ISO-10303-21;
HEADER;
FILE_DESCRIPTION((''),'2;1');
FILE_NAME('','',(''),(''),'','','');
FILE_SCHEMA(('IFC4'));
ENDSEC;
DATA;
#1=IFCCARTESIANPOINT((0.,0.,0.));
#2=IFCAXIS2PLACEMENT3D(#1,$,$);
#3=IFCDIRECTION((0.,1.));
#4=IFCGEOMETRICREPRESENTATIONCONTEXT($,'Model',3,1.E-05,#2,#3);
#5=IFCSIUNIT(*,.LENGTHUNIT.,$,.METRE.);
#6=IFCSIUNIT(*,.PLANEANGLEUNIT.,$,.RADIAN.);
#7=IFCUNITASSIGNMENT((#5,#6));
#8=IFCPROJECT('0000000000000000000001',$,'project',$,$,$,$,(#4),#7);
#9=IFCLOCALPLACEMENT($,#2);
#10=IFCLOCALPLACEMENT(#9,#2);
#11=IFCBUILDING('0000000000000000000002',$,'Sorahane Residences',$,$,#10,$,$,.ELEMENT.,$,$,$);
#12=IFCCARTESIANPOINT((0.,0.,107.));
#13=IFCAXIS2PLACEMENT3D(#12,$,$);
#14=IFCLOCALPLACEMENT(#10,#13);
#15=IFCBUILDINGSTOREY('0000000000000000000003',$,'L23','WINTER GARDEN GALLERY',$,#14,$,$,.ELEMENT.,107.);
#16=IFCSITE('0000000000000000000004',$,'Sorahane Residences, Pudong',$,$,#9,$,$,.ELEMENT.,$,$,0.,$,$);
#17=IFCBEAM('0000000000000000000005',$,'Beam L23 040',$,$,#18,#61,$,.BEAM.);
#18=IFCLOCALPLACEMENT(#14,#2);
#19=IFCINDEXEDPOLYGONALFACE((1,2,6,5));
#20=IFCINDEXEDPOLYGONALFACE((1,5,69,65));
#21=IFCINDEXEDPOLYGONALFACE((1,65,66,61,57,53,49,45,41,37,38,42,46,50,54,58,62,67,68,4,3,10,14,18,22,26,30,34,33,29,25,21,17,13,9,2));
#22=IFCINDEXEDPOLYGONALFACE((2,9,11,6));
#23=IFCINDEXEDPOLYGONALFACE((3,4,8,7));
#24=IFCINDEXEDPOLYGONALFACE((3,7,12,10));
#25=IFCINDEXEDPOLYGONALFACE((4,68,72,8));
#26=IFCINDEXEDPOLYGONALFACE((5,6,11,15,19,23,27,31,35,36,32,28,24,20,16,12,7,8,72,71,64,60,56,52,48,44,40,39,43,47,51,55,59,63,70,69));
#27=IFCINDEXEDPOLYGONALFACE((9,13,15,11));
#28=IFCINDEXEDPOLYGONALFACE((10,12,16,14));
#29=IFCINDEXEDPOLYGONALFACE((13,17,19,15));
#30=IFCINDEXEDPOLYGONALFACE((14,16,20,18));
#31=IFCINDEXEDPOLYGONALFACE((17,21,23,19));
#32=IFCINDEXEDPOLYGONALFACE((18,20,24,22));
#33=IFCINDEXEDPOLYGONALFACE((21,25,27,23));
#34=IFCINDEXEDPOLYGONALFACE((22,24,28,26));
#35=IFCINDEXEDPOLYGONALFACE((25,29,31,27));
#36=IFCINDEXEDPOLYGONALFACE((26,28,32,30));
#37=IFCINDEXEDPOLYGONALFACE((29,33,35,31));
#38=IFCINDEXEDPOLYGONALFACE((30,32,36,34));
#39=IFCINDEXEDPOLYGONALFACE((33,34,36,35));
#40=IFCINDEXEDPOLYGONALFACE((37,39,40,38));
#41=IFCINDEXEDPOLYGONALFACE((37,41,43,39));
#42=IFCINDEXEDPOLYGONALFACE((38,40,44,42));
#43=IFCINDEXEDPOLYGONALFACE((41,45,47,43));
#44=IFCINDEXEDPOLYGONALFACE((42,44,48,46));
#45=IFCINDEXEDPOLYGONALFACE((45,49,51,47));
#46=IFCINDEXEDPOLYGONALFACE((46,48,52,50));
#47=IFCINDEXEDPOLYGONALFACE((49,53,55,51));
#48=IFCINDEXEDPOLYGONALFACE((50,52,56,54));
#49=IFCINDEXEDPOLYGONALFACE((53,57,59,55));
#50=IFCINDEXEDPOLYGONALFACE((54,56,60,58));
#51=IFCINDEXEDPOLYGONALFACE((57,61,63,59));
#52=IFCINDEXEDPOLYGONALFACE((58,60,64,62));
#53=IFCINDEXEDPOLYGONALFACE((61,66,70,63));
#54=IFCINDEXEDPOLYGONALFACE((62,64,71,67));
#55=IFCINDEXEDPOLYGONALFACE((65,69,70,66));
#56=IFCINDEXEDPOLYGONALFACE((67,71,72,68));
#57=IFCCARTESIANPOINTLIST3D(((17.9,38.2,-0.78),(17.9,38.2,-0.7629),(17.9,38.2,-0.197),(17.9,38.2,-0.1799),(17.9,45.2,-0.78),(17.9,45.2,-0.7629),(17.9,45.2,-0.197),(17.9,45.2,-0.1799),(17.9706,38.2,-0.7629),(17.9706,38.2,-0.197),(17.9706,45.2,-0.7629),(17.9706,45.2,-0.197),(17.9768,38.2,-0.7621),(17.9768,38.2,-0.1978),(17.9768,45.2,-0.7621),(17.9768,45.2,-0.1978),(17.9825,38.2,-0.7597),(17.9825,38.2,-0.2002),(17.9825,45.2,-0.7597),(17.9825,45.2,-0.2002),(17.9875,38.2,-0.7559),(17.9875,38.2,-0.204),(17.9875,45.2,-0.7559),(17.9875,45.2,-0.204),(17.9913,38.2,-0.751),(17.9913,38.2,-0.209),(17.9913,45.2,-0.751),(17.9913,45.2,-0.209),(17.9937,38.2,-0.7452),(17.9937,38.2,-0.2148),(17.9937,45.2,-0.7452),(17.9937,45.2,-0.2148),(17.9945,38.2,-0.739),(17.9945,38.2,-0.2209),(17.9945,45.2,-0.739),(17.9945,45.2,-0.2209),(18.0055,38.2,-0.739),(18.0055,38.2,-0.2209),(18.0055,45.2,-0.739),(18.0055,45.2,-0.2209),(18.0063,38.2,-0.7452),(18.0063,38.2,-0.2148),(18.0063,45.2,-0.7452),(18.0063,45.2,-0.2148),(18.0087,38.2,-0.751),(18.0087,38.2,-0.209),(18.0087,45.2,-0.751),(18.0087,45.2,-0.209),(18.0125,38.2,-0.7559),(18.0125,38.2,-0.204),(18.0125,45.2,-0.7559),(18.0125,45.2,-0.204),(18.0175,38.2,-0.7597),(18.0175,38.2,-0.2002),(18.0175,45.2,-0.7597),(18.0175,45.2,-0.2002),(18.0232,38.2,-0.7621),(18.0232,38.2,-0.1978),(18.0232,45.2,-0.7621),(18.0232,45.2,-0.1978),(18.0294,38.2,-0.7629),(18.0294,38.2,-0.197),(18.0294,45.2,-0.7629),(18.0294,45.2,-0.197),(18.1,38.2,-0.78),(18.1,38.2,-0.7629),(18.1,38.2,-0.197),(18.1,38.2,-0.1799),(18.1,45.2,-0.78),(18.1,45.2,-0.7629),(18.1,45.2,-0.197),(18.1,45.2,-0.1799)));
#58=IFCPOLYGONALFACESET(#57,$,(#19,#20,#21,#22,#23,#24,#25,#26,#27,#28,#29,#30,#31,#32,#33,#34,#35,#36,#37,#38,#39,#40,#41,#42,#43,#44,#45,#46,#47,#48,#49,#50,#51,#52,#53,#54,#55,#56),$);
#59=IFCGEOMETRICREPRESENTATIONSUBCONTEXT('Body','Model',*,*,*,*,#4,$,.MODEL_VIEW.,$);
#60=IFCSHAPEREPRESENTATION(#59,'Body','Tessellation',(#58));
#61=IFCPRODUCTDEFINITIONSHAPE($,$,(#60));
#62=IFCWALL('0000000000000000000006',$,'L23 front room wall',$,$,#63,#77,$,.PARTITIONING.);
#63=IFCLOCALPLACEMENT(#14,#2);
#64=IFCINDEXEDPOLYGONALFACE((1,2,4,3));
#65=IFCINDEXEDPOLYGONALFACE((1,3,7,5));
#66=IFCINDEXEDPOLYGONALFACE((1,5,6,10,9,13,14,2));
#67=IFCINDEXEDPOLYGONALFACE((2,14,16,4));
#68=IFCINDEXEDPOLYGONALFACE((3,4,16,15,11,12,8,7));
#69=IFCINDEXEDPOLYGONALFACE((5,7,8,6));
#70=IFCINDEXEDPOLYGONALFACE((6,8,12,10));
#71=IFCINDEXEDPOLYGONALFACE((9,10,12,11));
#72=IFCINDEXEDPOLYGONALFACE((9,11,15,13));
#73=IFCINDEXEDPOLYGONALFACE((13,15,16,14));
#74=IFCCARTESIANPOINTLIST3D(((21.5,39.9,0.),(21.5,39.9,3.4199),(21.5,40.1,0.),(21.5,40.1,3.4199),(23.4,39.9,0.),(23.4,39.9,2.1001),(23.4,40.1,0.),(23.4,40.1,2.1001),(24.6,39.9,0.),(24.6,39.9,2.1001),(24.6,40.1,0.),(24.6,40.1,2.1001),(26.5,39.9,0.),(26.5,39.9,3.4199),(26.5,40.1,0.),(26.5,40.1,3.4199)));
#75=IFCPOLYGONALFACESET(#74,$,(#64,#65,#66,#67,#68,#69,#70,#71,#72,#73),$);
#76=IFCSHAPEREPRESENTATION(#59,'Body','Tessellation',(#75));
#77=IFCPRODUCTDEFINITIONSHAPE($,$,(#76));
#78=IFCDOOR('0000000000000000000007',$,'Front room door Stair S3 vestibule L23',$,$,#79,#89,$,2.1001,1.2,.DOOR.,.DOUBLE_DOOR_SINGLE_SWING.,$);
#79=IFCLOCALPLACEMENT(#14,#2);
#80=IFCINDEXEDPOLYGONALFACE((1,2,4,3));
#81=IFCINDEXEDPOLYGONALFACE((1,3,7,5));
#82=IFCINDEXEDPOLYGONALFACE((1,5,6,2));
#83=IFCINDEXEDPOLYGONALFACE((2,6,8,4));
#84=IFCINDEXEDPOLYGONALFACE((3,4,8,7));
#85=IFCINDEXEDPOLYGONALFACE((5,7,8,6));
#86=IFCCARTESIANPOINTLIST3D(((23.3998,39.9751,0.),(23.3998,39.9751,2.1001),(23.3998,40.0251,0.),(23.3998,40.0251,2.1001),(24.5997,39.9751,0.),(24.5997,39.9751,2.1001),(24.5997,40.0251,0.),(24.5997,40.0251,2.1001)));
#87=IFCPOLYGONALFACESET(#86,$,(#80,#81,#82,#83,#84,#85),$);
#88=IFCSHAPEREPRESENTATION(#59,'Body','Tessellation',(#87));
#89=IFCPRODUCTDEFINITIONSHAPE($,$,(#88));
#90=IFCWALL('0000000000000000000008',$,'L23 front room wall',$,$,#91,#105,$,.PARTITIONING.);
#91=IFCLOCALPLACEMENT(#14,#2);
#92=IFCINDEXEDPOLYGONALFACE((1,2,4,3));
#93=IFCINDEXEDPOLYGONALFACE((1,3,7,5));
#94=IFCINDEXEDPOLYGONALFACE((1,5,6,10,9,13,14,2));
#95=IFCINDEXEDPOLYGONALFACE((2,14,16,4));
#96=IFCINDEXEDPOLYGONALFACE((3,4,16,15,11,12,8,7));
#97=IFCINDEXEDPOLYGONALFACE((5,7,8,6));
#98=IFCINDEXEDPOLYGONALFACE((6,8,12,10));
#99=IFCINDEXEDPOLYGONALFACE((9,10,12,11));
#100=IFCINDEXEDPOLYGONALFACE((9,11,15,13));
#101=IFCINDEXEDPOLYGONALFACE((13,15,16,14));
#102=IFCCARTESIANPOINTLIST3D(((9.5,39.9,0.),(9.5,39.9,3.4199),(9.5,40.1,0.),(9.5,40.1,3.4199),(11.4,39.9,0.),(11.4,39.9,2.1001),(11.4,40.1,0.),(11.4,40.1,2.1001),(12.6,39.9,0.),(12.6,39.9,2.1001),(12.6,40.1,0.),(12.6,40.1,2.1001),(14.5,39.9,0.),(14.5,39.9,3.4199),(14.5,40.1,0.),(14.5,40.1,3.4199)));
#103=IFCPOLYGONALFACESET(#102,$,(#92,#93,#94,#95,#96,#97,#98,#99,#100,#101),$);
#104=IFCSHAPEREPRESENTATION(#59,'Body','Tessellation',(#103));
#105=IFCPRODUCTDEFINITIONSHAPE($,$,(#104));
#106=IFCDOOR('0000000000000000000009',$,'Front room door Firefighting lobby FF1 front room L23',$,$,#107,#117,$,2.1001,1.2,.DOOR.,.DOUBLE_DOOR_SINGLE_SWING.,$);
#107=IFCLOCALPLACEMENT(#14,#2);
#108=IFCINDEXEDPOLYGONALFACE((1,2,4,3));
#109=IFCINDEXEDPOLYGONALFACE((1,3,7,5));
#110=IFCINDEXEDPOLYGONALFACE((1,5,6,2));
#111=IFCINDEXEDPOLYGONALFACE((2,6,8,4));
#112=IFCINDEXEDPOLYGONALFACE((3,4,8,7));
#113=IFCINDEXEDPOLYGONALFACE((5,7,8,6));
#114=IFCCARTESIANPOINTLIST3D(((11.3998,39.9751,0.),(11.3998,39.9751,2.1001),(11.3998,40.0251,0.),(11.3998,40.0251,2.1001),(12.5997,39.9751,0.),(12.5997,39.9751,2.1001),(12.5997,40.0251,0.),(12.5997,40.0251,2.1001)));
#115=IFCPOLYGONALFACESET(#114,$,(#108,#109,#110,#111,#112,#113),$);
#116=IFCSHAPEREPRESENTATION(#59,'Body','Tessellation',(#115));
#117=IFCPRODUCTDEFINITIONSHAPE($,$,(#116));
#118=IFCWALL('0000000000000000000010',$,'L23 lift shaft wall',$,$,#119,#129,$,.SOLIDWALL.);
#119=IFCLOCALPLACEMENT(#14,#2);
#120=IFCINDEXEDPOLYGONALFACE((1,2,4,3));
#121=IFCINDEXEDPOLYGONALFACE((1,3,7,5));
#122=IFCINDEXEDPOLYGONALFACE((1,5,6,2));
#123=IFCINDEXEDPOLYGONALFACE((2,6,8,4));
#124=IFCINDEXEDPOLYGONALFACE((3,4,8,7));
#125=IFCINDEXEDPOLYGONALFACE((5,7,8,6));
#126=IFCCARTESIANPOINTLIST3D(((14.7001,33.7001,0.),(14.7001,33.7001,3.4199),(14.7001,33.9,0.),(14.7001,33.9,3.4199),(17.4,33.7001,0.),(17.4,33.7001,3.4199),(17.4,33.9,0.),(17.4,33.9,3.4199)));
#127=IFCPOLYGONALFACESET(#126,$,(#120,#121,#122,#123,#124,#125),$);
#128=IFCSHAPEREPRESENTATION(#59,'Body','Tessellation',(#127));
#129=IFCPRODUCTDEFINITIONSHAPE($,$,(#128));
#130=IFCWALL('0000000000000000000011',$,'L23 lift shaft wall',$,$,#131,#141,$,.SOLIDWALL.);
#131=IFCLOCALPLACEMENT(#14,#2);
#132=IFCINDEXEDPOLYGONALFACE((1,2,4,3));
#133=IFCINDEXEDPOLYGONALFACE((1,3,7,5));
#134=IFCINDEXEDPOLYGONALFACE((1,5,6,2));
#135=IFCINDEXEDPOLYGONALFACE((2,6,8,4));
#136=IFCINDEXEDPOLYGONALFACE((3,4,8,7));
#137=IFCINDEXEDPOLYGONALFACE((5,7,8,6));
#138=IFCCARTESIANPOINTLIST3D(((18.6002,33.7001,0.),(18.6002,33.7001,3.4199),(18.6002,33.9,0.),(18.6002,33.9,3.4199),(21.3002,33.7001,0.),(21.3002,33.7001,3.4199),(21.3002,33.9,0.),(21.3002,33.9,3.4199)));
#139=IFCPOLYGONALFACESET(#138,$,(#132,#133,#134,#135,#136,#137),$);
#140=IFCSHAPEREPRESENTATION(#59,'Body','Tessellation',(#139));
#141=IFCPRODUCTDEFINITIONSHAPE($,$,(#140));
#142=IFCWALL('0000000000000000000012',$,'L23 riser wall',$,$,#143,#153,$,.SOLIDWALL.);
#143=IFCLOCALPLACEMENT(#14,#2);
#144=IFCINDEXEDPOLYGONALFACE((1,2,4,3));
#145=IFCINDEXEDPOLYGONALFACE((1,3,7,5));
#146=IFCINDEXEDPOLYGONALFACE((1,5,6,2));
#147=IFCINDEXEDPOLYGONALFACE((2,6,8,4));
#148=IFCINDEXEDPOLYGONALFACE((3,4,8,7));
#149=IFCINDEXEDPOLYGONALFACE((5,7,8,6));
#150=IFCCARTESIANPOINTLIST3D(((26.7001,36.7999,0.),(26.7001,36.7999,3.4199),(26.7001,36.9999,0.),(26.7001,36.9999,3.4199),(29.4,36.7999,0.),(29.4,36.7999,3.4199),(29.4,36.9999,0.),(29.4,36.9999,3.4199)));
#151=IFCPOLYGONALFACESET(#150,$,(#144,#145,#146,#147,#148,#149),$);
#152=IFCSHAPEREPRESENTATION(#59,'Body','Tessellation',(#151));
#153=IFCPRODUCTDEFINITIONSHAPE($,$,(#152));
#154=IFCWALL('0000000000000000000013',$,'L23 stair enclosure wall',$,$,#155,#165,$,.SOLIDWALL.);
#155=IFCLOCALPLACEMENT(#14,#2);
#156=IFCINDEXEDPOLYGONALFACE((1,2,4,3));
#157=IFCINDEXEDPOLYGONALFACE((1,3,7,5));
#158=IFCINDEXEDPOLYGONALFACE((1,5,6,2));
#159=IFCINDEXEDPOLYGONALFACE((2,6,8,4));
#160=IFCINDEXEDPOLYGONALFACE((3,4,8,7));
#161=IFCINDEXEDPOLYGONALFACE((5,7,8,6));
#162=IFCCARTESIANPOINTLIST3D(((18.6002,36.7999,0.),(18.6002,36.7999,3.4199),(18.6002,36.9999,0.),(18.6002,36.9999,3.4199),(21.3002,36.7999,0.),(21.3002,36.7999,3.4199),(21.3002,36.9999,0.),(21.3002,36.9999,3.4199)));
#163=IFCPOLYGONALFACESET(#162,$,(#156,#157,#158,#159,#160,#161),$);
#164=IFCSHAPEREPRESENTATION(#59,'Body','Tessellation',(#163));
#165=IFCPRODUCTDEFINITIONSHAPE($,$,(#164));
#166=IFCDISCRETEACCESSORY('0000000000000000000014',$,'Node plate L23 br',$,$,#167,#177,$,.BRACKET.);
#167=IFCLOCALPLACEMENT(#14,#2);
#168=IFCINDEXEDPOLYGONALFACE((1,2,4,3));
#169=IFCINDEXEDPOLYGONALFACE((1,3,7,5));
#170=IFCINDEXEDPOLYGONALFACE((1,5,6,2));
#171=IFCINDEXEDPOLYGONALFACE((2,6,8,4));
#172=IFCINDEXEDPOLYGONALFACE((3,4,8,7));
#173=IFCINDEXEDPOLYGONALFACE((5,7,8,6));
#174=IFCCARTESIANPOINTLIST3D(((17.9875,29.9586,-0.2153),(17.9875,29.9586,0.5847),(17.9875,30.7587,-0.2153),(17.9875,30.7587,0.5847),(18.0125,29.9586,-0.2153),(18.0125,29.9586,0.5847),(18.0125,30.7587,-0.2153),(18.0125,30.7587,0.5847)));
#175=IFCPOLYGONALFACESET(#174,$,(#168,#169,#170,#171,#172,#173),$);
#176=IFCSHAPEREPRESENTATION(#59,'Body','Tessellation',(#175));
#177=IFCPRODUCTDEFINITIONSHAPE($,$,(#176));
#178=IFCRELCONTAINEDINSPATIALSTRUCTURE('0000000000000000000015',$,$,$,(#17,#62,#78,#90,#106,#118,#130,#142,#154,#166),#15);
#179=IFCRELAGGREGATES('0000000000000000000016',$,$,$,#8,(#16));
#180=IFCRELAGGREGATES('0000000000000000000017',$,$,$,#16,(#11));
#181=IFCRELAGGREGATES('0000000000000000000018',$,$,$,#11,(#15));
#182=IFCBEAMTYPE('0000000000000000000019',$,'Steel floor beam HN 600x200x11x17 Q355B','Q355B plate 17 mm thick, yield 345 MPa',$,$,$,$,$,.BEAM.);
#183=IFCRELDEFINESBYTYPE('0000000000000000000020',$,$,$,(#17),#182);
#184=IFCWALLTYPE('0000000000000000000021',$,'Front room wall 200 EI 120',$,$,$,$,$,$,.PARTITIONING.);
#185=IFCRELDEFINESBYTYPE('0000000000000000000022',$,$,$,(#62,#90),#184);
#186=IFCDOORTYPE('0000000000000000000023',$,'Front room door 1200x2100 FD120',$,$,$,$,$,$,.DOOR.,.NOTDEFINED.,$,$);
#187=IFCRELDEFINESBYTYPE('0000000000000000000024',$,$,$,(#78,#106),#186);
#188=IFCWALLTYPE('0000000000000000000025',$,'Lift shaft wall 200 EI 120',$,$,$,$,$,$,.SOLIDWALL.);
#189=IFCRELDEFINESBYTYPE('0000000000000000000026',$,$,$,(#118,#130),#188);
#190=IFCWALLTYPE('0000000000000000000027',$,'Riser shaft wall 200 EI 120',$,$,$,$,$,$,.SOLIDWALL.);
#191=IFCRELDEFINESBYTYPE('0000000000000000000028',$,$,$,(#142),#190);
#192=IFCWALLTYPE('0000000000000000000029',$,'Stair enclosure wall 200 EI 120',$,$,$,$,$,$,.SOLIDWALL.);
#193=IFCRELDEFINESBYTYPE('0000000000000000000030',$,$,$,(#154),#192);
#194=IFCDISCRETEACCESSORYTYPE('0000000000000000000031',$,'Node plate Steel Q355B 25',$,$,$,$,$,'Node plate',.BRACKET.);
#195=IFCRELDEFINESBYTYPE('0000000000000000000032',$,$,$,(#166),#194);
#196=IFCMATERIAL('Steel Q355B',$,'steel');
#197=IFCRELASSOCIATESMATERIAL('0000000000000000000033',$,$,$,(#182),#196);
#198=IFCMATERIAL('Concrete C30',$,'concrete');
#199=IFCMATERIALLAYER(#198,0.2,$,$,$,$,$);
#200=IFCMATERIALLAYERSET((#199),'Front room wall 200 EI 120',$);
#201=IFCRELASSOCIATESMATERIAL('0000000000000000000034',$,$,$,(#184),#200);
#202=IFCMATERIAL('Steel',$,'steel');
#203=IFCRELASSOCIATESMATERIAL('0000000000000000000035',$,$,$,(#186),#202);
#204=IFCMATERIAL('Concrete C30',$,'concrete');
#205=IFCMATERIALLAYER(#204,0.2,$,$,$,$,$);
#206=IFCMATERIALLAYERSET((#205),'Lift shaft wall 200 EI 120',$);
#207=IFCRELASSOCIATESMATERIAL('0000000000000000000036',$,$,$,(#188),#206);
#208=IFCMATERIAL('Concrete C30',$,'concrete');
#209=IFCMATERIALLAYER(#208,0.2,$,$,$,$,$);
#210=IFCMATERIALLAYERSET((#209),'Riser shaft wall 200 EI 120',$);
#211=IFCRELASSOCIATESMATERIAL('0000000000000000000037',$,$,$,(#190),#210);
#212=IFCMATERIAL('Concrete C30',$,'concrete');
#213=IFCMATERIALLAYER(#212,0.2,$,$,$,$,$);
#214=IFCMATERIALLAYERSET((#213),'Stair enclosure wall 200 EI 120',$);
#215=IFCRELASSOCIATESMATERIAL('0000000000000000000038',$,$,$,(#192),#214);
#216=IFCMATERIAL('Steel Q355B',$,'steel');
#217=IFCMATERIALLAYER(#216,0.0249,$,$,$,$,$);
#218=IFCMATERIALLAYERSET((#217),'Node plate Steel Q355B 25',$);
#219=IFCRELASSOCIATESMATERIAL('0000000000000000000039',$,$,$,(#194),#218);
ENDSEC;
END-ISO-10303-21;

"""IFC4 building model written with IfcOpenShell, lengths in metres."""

from ifc_helpers import new_model, si_unit, direction, frame, frame_2d, origin, origin_2d, place, context, subcontext, project, spatial, rectangle, i_section, extrude, material, layer, layer_set, material_profile, profile_set, type_object, element, fill, save


model = new_model("IFC4")

# Units and contexts
model_context = context("Model", 3, precision=1e-05, world=origin(), true_north=direction((0.0, 1.0)))
body_context = subcontext(model_context, "Body", "Model", "MODEL_VIEW")
ifc_project = project(units=[si_unit("LENGTHUNIT", "METRE"), si_unit("PLANEANGLEUNIT", "RADIAN")], contexts=[model_context])

# Site, building, storey
site_placement = place(None, origin())
site = spatial("IfcSite", under=ifc_project, at=site_placement, Name="Sorahane Residences, Pudong", CompositionType="ELEMENT", RefElevation=0.0)
building_placement = place(site_placement, origin())
building = spatial("IfcBuilding", under=site, at=building_placement, Name="Sorahane Residences", CompositionType="ELEMENT")
storey_placement = place(building_placement, frame((0.0, 0.0, 107.0)))
storey = spatial("IfcBuildingStorey", under=building, at=storey_placement, Name="L23", Description="WINTER GARDEN GALLERY", CompositionType="ELEMENT", Elevation=107.0)

# Beam
ifc_material_1 = material(Name="Steel Q355B", Category="steel")
ifc_material_profile_1 = material_profile(ifc_material_1, i_section(OverallWidth=0.2, OverallDepth=0.6001, WebThickness=0.011, FlangeThickness=0.0171, FilletRadius=0.0239, at=origin_2d()), Name="HN 600x200x11x17")
ifc_profile_set_1 = profile_set([ifc_material_profile_1], Name="Steel Q355B")
beam_type_1 = type_object("IfcBeamType", Name="Steel floor beam HN 600x200x11x17 Q355B", Description="Q355B plate 17 mm thick, yield 345 MPa", PredefinedType="BEAM", material=ifc_profile_set_1)
for number, where, z_axis, x_axis, name in (
    (1, (18.0, 38.2, -0.48), (0.0, 1.0, 0.0), (-1.0, 0.0, 0.0), "Beam L23 040"),
):
    element("IfcBeam", number, at=place(storey_placement, frame(where, z_axis=z_axis, x_axis=x_axis)), inside=storey, type_object=beam_type_1, Name=name, PredefinedType="BEAM", context=body_context, shape_type="SweptSolid", body=[
        extrude(i_section(OverallWidth=0.2, OverallDepth=0.6001, WebThickness=0.011, FlangeThickness=0.0171, FilletRadius=0.0239, at=origin_2d()), origin(), (0.0, 0.0, 1.0), 7.0),
    ])

# Walls, openings, doors
ifc_material_2 = material(Name="Concrete C30", Category="concrete")
ifc_layer_1 = layer(ifc_material_2, 0.2)
ifc_layer_set_1 = layer_set([ifc_layer_1], Name="Front room wall 200 EI 120")
wall_type_1 = type_object("IfcWallType", Name="Front room wall 200 EI 120", PredefinedType="PARTITIONING", material=ifc_layer_set_1)
wall_1_placement = place(storey_placement, frame((21.5, 40.0, 0.0), z_axis=(0.0, 0.0, 1.0), x_axis=(1.0, 0.0, 0.0)))
wall_1 = element("IfcWall", 2, at=wall_1_placement, inside=storey, type_object=wall_type_1, Name="L23 front room wall", PredefinedType="PARTITIONING", context=body_context, shape_type="SweptSolid", body=[
    extrude(rectangle(XDim=5.0, YDim=0.2, at=frame_2d((2.5, 0.0))), origin(), (0.0, 0.0, 1.0), 3.4199),
])
opening_1_placement = place(wall_1_placement, frame((1.8999, 0.0, 0.0)))
opening_1 = element("IfcOpeningElement", 3, at=opening_1_placement, cuts=wall_1, PredefinedType="OPENING", context=body_context, shape_type="SweptSolid", body=[
    extrude(rectangle(XDim=1.2, YDim=2.1001, at=frame_2d((0.6001, 1.05))), frame((0.0, 0.1099, 0.0), z_axis=(0.0, -1.0, 0.0), x_axis=(1.0, 0.0, 0.0)), (0.0, 0.0, 1.0), 0.22),
])
ifc_material_3 = material(Name="Steel", Category="steel")
door_type = type_object("IfcDoorType", Name="Front room door 1200x2100 FD120", OperationType="NOTDEFINED", PredefinedType="DOOR", material=ifc_material_3)
door_1_placement = place(opening_1_placement, frame((1.2, 0.0, 0.0), z_axis=(0.0, 0.0, 1.0), x_axis=(-1.0, 0.0, 0.0)))
door_1 = element("IfcDoor", 4, at=door_1_placement, inside=storey, type_object=door_type, Name="Front room door Stair S3 vestibule L23", OperationType="DOUBLE_DOOR_SINGLE_SWING", OverallHeight=2.1001, OverallWidth=1.2, PredefinedType="DOOR", context=body_context, shape_type="SweptSolid", body=[
    extrude(rectangle(XDim=1.2, YDim=2.1001, at=frame_2d((0.6001, 1.05))), frame((0.0, 0.0249, 0.0), z_axis=(0.0, -1.0, 0.0), x_axis=(1.0, 0.0, 0.0)), (0.0, 0.0, 1.0), 0.05),
])
fill(opening_1, door_1)
wall_2_placement = place(storey_placement, frame((9.5, 40.0, 0.0), z_axis=(0.0, 0.0, 1.0), x_axis=(1.0, 0.0, 0.0)))
wall_2 = element("IfcWall", 5, at=wall_2_placement, inside=storey, type_object=wall_type_1, Name="L23 front room wall", PredefinedType="PARTITIONING", context=body_context, shape_type="SweptSolid", body=[
    extrude(rectangle(XDim=5.0, YDim=0.2, at=frame_2d((2.5, 0.0))), origin(), (0.0, 0.0, 1.0), 3.4199),
])
opening_2_placement = place(wall_2_placement, frame((1.8999, 0.0, 0.0)))
opening_2 = element("IfcOpeningElement", 6, at=opening_2_placement, cuts=wall_2, PredefinedType="OPENING", context=body_context, shape_type="SweptSolid", body=[
    extrude(rectangle(XDim=1.2, YDim=2.1001, at=frame_2d((0.6001, 1.05))), frame((0.0, 0.1099, 0.0), z_axis=(0.0, -1.0, 0.0), x_axis=(1.0, 0.0, 0.0)), (0.0, 0.0, 1.0), 0.22),
])
door_2_placement = place(opening_2_placement, frame((1.2, 0.0, 0.0), z_axis=(0.0, 0.0, 1.0), x_axis=(-1.0, 0.0, 0.0)))
door_2 = element("IfcDoor", 7, at=door_2_placement, inside=storey, type_object=door_type, Name="Front room door Firefighting lobby FF1 front room L23", OperationType="DOUBLE_DOOR_SINGLE_SWING", OverallHeight=2.1001, OverallWidth=1.2, PredefinedType="DOOR", context=body_context, shape_type="SweptSolid", body=[
    extrude(rectangle(XDim=1.2, YDim=2.1001, at=frame_2d((0.6001, 1.05))), frame((0.0, 0.0249, 0.0), z_axis=(0.0, -1.0, 0.0), x_axis=(1.0, 0.0, 0.0)), (0.0, 0.0, 1.0), 0.05),
])
fill(opening_2, door_2)

# Walls
ifc_material_4 = material(Name="Concrete C30", Category="concrete")
ifc_layer_2 = layer(ifc_material_4, 0.2)
ifc_layer_set_2 = layer_set([ifc_layer_2], Name="Lift shaft wall 200 EI 120")
wall_type_2 = type_object("IfcWallType", Name="Lift shaft wall 200 EI 120", PredefinedType="SOLIDWALL", material=ifc_layer_set_2)
for number, where, z_axis, x_axis, name in (
    (8, (14.7, 33.8, 0.0), (0.0, 0.0, 1.0), (1.0, 0.0, 0.0), "L23 lift shaft wall"),
    (9, (18.6001, 33.8, 0.0), (0.0, 0.0, 1.0), (1.0, 0.0, 0.0), "L23 lift shaft wall"),
):
    element("IfcWall", number, at=place(storey_placement, frame(where, z_axis=z_axis, x_axis=x_axis)), inside=storey, type_object=wall_type_2, Name=name, PredefinedType="SOLIDWALL", context=body_context, shape_type="SweptSolid", body=[
        extrude(rectangle(XDim=2.7, YDim=0.2, at=frame_2d((1.3501, 0.0))), origin(), (0.0, 0.0, 1.0), 3.4199),
    ])
ifc_material_5 = material(Name="Concrete C30", Category="concrete")
ifc_layer_3 = layer(ifc_material_5, 0.2)
ifc_layer_set_3 = layer_set([ifc_layer_3], Name="Riser shaft wall 200 EI 120")
wall_type_3 = type_object("IfcWallType", Name="Riser shaft wall 200 EI 120", PredefinedType="SOLIDWALL", material=ifc_layer_set_3)
wall_3_placement = place(storey_placement, frame((26.7, 36.8999, 0.0), z_axis=(0.0, 0.0, 1.0), x_axis=(1.0, 0.0, 0.0)))
element("IfcWall", 10, at=wall_3_placement, inside=storey, type_object=wall_type_3, Name="L23 riser wall", PredefinedType="SOLIDWALL", context=body_context, shape_type="SweptSolid", body=[
    extrude(rectangle(XDim=2.7, YDim=0.2, at=frame_2d((1.3501, 0.0))), origin(), (0.0, 0.0, 1.0), 3.4199),
])
ifc_material_6 = material(Name="Concrete C30", Category="concrete")
ifc_layer_4 = layer(ifc_material_6, 0.2)
ifc_layer_set_4 = layer_set([ifc_layer_4], Name="Stair enclosure wall 200 EI 120")
wall_type_4 = type_object("IfcWallType", Name="Stair enclosure wall 200 EI 120", PredefinedType="SOLIDWALL", material=ifc_layer_set_4)
wall_4_placement = place(storey_placement, frame((18.6001, 36.8999, 0.0), z_axis=(0.0, 0.0, 1.0), x_axis=(1.0, 0.0, 0.0)))
element("IfcWall", 11, at=wall_4_placement, inside=storey, type_object=wall_type_4, Name="L23 stair enclosure wall", PredefinedType="SOLIDWALL", context=body_context, shape_type="SweptSolid", body=[
    extrude(rectangle(XDim=2.7, YDim=0.2, at=frame_2d((1.3501, 0.0))), origin(), (0.0, 0.0, 1.0), 3.4199),
])

# Discrete accessory
ifc_material_7 = material(Name="Steel Q355B", Category="steel")
ifc_layer_5 = layer(ifc_material_7, 0.0249)
ifc_layer_set_5 = layer_set([ifc_layer_5], Name="Node plate Steel Q355B 25")
discrete_accessory_type = type_object("IfcDiscreteAccessoryType", Name="Node plate Steel Q355B 25", ElementType="Node plate", PredefinedType="BRACKET", material=ifc_layer_set_5)
for number, where, z_axis, x_axis, name in (
    (12, (18.0, 30.3586, -0.2153), (0.0, 0.0, 1.0), (0.0, 1.0, 0.0), "Node plate L23 br"),
):
    element("IfcDiscreteAccessory", number, at=place(storey_placement, frame(where, z_axis=z_axis, x_axis=x_axis)), inside=storey, type_object=discrete_accessory_type, Name=name, PredefinedType="BRACKET", context=body_context, shape_type="SweptSolid", body=[
        extrude(rectangle(XDim=0.8, YDim=0.0249, at=origin_2d()), origin(), (0.0, 0.0, 1.0), 0.8),
    ])

save(model, "model.ifc")
